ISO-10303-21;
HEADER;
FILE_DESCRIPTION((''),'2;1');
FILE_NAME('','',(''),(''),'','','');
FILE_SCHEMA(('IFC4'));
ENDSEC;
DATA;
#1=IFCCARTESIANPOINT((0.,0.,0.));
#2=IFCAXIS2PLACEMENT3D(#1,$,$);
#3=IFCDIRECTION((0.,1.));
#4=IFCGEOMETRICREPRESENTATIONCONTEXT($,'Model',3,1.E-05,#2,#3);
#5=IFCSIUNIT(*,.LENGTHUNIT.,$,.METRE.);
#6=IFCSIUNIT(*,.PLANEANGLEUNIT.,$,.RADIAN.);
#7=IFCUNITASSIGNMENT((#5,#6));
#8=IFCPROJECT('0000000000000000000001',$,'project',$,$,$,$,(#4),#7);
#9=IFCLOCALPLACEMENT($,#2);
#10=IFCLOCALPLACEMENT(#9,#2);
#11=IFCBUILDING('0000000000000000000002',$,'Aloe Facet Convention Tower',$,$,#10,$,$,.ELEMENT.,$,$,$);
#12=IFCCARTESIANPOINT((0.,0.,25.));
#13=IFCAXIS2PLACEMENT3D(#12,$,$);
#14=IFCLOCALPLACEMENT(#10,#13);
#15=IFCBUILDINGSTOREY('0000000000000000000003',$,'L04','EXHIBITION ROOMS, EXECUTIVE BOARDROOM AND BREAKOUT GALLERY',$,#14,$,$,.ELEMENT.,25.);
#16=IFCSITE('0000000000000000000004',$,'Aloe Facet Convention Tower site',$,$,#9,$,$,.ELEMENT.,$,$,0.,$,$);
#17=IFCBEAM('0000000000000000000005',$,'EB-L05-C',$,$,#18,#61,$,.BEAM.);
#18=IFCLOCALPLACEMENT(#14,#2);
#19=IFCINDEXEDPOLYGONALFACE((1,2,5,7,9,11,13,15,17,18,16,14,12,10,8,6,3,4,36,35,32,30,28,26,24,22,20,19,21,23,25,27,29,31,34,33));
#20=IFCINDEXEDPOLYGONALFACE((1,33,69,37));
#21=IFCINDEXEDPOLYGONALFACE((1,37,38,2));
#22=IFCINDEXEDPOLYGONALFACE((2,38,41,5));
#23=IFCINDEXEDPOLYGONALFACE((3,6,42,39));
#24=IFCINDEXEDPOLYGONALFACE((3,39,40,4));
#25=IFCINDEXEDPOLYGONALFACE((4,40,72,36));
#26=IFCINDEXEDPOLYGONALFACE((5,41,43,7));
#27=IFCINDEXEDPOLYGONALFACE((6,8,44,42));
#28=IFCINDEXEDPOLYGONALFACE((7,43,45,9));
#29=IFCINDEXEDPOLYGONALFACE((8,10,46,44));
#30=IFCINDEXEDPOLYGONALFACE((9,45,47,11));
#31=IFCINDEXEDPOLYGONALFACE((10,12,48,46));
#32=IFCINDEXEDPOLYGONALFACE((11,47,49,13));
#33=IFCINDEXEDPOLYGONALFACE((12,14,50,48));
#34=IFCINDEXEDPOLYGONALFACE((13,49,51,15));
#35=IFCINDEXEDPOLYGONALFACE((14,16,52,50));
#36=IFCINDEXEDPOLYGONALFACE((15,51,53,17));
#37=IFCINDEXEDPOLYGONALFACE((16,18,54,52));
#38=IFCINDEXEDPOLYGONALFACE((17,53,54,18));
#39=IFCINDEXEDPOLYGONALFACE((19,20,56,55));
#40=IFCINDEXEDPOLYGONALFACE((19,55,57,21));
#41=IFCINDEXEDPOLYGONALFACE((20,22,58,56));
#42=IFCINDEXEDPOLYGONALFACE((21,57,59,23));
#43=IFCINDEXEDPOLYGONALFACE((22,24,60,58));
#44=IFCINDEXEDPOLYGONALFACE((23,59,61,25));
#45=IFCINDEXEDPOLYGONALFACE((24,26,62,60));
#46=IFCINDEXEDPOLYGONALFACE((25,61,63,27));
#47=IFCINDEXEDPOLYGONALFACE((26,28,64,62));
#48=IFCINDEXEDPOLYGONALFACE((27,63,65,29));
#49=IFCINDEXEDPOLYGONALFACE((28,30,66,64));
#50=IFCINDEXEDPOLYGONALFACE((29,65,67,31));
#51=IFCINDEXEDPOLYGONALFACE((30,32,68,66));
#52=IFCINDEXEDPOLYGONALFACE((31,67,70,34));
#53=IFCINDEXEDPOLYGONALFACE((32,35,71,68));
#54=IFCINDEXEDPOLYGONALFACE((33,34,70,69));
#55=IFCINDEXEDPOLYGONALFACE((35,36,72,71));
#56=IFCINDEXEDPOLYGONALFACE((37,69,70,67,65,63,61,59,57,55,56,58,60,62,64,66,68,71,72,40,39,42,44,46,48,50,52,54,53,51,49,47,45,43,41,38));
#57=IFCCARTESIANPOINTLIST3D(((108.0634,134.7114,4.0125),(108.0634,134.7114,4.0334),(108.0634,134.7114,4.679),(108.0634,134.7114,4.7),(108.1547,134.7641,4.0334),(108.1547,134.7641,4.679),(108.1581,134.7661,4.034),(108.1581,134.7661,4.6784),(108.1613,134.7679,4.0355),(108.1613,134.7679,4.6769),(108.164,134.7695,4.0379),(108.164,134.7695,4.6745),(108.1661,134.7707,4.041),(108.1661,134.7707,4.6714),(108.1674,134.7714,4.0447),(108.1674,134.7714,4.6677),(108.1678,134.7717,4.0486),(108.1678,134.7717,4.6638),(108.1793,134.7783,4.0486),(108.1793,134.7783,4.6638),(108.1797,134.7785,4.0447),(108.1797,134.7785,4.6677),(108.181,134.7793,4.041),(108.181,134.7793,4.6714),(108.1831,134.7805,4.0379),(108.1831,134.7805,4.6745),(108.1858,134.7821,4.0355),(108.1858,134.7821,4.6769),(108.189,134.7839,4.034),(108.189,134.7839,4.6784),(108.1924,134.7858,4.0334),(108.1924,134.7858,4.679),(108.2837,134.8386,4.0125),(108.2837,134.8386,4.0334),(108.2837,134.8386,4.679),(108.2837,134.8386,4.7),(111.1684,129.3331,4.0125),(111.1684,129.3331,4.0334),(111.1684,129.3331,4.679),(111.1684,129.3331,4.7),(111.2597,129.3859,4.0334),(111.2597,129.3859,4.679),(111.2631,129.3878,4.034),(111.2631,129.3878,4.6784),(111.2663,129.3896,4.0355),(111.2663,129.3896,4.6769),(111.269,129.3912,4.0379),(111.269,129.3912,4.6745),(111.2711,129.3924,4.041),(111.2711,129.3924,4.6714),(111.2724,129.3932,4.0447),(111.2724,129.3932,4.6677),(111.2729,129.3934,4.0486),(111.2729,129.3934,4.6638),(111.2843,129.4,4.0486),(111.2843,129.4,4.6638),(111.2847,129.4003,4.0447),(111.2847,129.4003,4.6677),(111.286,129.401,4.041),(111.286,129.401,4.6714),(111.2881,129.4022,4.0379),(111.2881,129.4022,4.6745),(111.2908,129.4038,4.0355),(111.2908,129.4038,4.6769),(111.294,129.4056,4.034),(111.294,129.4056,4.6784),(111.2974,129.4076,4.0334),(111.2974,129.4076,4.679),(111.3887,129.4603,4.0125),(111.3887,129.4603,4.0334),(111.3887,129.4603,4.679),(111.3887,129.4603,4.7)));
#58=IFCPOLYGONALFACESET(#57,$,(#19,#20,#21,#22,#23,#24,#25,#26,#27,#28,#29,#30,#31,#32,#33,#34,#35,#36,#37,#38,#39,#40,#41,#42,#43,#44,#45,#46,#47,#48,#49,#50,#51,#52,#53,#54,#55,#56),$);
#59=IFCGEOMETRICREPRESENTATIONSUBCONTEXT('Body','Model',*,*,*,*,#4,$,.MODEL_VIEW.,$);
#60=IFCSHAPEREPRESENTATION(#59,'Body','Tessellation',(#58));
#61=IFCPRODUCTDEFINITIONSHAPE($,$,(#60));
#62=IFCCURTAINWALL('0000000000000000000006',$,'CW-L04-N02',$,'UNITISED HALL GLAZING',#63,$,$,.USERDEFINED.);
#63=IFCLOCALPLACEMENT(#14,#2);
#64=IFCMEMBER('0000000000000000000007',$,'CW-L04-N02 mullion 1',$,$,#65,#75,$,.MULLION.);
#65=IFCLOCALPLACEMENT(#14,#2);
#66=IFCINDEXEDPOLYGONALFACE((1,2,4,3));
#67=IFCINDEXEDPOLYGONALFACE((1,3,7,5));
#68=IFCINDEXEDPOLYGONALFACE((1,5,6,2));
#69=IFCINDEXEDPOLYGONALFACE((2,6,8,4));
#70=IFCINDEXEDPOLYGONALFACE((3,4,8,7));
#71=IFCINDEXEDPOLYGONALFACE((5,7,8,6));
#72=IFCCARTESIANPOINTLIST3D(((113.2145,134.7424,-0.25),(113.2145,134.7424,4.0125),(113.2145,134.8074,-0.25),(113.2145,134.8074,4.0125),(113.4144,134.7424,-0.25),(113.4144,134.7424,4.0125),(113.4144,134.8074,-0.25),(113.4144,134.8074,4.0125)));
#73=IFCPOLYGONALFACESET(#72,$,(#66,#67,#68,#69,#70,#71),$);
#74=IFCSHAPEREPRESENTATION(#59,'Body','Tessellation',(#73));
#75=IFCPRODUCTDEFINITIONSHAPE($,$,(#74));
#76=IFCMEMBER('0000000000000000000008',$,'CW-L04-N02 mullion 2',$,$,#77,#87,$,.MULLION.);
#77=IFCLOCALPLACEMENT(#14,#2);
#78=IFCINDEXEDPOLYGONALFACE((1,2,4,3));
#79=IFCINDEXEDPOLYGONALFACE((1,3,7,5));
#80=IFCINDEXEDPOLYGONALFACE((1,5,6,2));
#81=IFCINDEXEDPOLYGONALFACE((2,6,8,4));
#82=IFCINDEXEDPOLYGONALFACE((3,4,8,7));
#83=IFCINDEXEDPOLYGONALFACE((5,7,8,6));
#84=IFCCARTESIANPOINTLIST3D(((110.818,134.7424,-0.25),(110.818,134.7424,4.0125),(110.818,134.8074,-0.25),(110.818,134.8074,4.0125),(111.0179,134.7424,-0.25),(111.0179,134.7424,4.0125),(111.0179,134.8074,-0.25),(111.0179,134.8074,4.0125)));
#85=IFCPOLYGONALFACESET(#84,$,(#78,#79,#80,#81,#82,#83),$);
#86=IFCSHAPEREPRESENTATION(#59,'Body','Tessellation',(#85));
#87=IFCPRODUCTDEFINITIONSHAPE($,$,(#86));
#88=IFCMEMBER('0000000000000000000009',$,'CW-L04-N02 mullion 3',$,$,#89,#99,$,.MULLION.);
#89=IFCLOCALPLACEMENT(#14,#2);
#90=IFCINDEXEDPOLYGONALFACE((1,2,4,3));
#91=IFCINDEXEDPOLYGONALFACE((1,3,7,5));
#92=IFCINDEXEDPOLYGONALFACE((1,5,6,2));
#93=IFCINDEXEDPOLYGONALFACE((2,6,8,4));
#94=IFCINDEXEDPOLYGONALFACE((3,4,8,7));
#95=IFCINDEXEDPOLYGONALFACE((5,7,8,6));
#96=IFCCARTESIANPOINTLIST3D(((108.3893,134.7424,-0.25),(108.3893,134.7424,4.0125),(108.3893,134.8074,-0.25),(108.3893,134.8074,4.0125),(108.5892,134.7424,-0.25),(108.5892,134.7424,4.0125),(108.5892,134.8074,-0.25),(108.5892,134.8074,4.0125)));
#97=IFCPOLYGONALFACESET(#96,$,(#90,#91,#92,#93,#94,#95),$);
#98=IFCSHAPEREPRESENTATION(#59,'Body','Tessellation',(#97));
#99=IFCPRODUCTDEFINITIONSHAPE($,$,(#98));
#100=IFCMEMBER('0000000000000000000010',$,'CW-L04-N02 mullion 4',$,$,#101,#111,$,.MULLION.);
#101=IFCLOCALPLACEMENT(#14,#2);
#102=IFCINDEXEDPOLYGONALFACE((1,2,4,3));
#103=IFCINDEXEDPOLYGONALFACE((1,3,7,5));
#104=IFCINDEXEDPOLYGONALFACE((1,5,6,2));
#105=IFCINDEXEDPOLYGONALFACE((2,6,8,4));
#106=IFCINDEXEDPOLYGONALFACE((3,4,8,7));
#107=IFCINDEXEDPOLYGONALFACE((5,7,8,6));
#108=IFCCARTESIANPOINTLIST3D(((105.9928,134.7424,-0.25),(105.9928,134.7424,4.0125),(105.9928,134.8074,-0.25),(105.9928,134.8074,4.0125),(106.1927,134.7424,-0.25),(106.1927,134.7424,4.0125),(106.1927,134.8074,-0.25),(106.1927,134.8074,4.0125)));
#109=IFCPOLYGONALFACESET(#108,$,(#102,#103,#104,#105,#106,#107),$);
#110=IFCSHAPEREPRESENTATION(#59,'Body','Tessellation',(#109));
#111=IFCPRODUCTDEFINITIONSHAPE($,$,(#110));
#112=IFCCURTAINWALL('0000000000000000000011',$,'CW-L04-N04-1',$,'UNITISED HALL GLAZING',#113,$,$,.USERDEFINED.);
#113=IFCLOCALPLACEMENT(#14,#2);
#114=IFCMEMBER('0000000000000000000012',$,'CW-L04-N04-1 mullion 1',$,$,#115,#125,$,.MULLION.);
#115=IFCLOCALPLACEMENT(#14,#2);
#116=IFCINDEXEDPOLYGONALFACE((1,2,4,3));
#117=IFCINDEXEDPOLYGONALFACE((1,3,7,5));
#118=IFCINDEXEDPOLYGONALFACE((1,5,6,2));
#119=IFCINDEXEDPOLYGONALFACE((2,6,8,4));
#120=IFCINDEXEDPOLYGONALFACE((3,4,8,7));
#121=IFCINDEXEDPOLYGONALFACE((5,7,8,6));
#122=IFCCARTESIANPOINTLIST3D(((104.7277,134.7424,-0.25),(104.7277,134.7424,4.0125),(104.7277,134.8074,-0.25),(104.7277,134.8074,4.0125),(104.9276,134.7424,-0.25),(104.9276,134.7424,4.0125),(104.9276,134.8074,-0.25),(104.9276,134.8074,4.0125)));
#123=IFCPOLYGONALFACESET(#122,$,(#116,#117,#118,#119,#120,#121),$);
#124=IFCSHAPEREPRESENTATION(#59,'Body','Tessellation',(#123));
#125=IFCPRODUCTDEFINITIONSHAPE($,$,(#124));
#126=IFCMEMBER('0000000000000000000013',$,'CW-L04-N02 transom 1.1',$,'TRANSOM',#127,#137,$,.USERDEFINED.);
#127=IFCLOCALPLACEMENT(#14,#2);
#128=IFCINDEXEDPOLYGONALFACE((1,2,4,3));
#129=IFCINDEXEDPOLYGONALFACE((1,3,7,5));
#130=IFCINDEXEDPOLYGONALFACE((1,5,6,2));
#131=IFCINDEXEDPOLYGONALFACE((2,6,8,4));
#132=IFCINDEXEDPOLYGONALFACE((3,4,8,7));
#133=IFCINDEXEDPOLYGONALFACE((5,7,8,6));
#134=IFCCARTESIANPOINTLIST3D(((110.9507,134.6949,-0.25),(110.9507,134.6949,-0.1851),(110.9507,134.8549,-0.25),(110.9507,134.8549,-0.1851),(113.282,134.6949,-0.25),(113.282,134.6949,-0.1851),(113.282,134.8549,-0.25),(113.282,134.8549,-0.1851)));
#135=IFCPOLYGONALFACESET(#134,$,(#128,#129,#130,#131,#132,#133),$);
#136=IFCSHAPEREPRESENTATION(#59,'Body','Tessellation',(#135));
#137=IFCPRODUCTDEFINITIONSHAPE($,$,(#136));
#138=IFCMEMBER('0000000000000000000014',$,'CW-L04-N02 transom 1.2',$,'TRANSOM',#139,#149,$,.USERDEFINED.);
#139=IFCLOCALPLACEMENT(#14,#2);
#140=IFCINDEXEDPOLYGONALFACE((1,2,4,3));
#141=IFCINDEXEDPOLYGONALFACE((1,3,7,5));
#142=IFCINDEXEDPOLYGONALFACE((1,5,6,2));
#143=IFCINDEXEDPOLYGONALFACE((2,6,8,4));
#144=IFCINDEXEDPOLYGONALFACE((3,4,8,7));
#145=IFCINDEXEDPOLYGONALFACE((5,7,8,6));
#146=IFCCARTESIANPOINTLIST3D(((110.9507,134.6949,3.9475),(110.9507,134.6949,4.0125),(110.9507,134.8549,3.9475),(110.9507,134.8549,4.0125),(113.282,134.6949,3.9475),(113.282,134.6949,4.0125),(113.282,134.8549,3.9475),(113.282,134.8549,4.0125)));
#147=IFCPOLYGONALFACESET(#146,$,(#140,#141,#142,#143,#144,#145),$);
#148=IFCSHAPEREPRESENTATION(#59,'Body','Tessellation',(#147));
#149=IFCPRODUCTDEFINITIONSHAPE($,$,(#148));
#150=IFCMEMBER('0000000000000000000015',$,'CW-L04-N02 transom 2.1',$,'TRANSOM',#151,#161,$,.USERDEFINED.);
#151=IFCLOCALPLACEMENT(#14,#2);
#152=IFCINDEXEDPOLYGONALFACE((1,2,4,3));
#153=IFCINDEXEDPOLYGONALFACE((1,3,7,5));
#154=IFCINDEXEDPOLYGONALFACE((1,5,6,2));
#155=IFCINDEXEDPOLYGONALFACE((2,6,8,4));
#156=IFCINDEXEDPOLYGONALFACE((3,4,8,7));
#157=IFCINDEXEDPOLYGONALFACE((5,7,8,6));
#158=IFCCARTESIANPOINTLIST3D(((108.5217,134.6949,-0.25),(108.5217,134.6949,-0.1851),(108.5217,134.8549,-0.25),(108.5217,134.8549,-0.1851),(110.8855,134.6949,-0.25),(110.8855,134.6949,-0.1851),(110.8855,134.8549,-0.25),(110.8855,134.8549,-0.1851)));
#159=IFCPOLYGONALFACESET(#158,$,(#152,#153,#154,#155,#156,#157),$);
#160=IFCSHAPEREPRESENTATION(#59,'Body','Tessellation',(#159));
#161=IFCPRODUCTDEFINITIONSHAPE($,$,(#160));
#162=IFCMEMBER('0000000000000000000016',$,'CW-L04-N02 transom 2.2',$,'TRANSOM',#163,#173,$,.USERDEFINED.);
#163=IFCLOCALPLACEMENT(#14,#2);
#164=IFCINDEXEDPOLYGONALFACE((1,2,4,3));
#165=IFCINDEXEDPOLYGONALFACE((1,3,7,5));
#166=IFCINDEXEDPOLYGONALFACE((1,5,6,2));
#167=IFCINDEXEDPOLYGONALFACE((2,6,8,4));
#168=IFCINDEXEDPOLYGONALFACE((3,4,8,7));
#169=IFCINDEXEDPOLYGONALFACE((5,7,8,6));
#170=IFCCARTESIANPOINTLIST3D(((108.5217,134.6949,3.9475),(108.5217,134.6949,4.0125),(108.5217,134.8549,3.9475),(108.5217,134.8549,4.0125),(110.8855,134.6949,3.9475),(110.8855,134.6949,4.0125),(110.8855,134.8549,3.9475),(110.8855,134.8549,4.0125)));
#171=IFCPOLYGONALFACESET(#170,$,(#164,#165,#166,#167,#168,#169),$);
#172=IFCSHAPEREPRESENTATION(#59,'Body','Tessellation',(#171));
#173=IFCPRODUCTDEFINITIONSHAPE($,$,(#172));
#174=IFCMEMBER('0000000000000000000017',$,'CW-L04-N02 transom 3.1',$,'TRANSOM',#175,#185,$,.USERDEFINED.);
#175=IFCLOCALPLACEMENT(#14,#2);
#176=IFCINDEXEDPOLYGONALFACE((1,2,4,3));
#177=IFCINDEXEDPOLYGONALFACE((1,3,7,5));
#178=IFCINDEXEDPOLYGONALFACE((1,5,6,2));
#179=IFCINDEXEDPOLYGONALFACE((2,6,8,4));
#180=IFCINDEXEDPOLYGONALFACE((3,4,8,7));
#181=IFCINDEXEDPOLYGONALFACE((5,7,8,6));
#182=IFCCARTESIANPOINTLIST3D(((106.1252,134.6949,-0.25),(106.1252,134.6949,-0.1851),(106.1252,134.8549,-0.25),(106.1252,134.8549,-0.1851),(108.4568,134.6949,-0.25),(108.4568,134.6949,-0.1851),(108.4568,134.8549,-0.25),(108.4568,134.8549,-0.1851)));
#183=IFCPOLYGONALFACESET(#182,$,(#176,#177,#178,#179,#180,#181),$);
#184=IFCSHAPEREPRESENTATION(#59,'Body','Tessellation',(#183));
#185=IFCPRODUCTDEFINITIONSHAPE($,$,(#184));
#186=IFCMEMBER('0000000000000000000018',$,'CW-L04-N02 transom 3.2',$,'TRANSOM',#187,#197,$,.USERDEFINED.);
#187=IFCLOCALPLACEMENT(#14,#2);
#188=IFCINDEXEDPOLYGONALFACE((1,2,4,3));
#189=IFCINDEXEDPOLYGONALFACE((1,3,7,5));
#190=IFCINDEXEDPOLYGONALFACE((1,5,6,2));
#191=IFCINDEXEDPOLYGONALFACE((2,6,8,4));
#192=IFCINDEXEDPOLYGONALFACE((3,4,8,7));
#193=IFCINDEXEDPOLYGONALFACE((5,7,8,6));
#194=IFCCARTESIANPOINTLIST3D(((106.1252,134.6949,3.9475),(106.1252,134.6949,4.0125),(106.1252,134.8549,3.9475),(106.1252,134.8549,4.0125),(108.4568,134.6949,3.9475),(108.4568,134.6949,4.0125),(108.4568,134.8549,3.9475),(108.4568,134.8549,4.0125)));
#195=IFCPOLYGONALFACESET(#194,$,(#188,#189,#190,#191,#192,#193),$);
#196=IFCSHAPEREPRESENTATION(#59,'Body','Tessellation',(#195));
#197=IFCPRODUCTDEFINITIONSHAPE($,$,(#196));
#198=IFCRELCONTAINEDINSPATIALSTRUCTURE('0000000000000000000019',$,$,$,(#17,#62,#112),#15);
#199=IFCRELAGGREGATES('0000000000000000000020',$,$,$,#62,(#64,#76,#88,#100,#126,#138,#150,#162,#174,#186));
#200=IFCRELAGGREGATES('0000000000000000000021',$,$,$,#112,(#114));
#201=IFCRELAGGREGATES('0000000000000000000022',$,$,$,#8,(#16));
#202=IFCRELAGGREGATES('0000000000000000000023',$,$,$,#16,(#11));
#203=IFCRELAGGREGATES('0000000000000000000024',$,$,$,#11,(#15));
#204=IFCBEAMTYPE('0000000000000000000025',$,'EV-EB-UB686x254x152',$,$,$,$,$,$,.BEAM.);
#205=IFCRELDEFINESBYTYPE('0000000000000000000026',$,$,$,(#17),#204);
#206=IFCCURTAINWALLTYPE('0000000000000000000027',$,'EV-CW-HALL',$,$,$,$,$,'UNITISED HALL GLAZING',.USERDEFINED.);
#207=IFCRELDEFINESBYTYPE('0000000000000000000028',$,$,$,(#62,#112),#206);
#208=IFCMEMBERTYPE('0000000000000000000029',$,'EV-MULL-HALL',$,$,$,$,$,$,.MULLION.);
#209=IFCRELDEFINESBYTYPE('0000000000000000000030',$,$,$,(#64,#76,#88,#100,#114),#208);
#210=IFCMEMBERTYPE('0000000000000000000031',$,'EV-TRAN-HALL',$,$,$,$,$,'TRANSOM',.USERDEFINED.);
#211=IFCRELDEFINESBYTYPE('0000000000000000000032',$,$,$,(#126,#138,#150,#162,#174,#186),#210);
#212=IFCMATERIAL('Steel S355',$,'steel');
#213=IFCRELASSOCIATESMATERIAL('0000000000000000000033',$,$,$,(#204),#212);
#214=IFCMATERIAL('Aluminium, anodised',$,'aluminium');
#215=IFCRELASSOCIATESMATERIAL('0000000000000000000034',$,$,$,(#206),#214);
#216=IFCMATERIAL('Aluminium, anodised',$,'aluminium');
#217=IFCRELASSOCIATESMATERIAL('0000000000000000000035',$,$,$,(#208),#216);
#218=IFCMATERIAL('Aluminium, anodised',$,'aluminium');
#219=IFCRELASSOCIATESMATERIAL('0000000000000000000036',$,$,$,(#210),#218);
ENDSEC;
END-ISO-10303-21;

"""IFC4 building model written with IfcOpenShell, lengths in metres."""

from ifc_helpers import new_model, si_unit, direction, frame, origin, origin_2d, place, context, subcontext, project, spatial, rectangle, i_section, extrude, material, material_profile, profile_set, type_object, element, aggregate, save


model = new_model("IFC4")

# Units and contexts
model_context = context("Model", 3, precision=1e-05, world=origin(), true_north=direction((0.0, 1.0)))
body_context = subcontext(model_context, "Body", "Model", "MODEL_VIEW")
ifc_project = project(units=[si_unit("LENGTHUNIT", "METRE"), si_unit("PLANEANGLEUNIT", "RADIAN")], contexts=[model_context])

# Site, building, storey
site_placement = place(None, origin())
site = spatial("IfcSite", under=ifc_project, at=site_placement, Name="Aloe Facet Convention Tower site", CompositionType="ELEMENT", RefElevation=0.0)
building_placement = place(site_placement, origin())
building = spatial("IfcBuilding", under=site, at=building_placement, Name="Aloe Facet Convention Tower", CompositionType="ELEMENT")
storey_placement = place(building_placement, frame((0.0, 0.0, 25.0)))
storey = spatial("IfcBuildingStorey", under=building, at=storey_placement, Name="L04", Description="EXHIBITION ROOMS, EXECUTIVE BOARDROOM AND BREAKOUT GALLERY", CompositionType="ELEMENT", Elevation=25.0)

# Beam
ifc_material_1 = material(Name="Steel S355", Category="steel")
ifc_material_profile_1 = material_profile(ifc_material_1, i_section(OverallWidth=0.2544, OverallDepth=0.6875, WebThickness=0.0132, FlangeThickness=0.021, FilletRadius=0.0151, at=origin_2d()), Name="UB 686x254x152")
ifc_profile_set_1 = profile_set([ifc_material_profile_1], Name="Steel S355")
beam_type_1 = type_object("IfcBeamType", Name="EV-EB-UB686x254x152", PredefinedType="BEAM", material=ifc_profile_set_1)
beam_1_placement = place(storey_placement, frame((111.2786, 129.3967, 4.3562), z_axis=(-0.499987, 0.866033, 0.0), x_axis=(-0.866033, -0.499987, 0.0)))
element("IfcBeam", 1, at=beam_1_placement, inside=storey, type_object=beam_type_1, Name="EB-L05-C", PredefinedType="BEAM", context=body_context, shape_type="SweptSolid", body=[
    extrude(i_section(OverallWidth=0.2544, OverallDepth=0.6875, WebThickness=0.0132, FlangeThickness=0.021, FilletRadius=0.0151, at=origin_2d()), origin(), (0.0, 0.0, 1.0), 6.2102),
])

# Curtain wall, members
ifc_material_2 = material(Name="Aluminium, anodised", Category="aluminium")
curtain_wall_type = type_object("IfcCurtainWallType", Name="EV-CW-HALL", ElementType="UNITISED HALL GLAZING", PredefinedType="USERDEFINED", material=ifc_material_2)
curtain_wall_1_placement = place(storey_placement, origin())
curtain_wall_1 = element("IfcCurtainWall", 2, at=curtain_wall_1_placement, inside=storey, type_object=curtain_wall_type, Name="CW-L04-N02", ObjectType="UNITISED HALL GLAZING", PredefinedType="USERDEFINED")
ifc_material_3 = material(Name="Aluminium, anodised", Category="aluminium")
ifc_material_profile_2 = material_profile(ifc_material_3, rectangle(XDim=0.0649, YDim=0.2, at=origin_2d()), Name="AL 65x200")
ifc_profile_set_2 = profile_set([ifc_material_profile_2], Name="Aluminium, anodised")
member_type_1 = type_object("IfcMemberType", Name="EV-MULL-HALL", PredefinedType="MULLION", material=ifc_profile_set_2)
member_1_placement = place(storey_placement, frame((113.3145, 134.7749, -0.25), z_axis=(0.0, 0.0, 1.0), x_axis=(0.0, -1.0, 0.0)))
member_1 = element("IfcMember", 3, at=member_1_placement, type_object=member_type_1, Name="CW-L04-N02 mullion 1", PredefinedType="MULLION", context=body_context, shape_type="SweptSolid", body=[
    extrude(rectangle(XDim=0.0649, YDim=0.2, at=origin_2d()), origin(), (0.0, 0.0, 1.0), 4.2625),
])
member_2_placement = place(storey_placement, frame((110.918, 134.7749, -0.25), z_axis=(0.0, 0.0, 1.0), x_axis=(0.0, -1.0, 0.0)))
member_2 = element("IfcMember", 4, at=member_2_placement, type_object=member_type_1, Name="CW-L04-N02 mullion 2", PredefinedType="MULLION", context=body_context, shape_type="SweptSolid", body=[
    extrude(rectangle(XDim=0.0649, YDim=0.2, at=origin_2d()), origin(), (0.0, 0.0, 1.0), 4.2625),
])
member_3_placement = place(storey_placement, frame((108.4893, 134.7749, -0.25), z_axis=(0.0, 0.0, 1.0), x_axis=(0.0, -1.0, 0.0)))
member_3 = element("IfcMember", 5, at=member_3_placement, type_object=member_type_1, Name="CW-L04-N02 mullion 3", PredefinedType="MULLION", context=body_context, shape_type="SweptSolid", body=[
    extrude(rectangle(XDim=0.0649, YDim=0.2, at=origin_2d()), origin(), (0.0, 0.0, 1.0), 4.2625),
])
member_4_placement = place(storey_placement, frame((106.0928, 134.7749, -0.25), z_axis=(0.0, 0.0, 1.0), x_axis=(0.0, -1.0, 0.0)))
member_4 = element("IfcMember", 6, at=member_4_placement, type_object=member_type_1, Name="CW-L04-N02 mullion 4", PredefinedType="MULLION", context=body_context, shape_type="SweptSolid", body=[
    extrude(rectangle(XDim=0.0649, YDim=0.2, at=origin_2d()), origin(), (0.0, 0.0, 1.0), 4.2625),
])

# Curtain wall, member
curtain_wall_2_placement = place(storey_placement, origin())
curtain_wall_2 = element("IfcCurtainWall", 7, at=curtain_wall_2_placement, inside=storey, type_object=curtain_wall_type, Name="CW-L04-N04-1", ObjectType="UNITISED HALL GLAZING", PredefinedType="USERDEFINED")
member_5_placement = place(storey_placement, frame((104.8276, 134.7749, -0.25), z_axis=(0.0, 0.0, 1.0), x_axis=(0.0, -1.0, 0.0)))
member_5 = element("IfcMember", 8, at=member_5_placement, type_object=member_type_1, Name="CW-L04-N04-1 mullion 1", PredefinedType="MULLION", context=body_context, shape_type="SweptSolid", body=[
    extrude(rectangle(XDim=0.0649, YDim=0.2, at=origin_2d()), origin(), (0.0, 0.0, 1.0), 4.2625),
])

# Members
ifc_material_4 = material(Name="Aluminium, anodised", Category="aluminium")
ifc_material_profile_3 = material_profile(ifc_material_4, rectangle(XDim=0.1599, YDim=0.0649, at=origin_2d()), Name="AL 160x65")
ifc_profile_set_3 = profile_set([ifc_material_profile_3], Name="Aluminium, anodised")
member_type_2 = type_object("IfcMemberType", Name="EV-TRAN-HALL", ElementType="TRANSOM", PredefinedType="USERDEFINED", material=ifc_profile_set_3)
member_6_placement = place(storey_placement, frame((113.282, 134.7749, -0.2175), z_axis=(-1.0, 0.0, 0.0), x_axis=(0.0, -1.0, 0.0)))
member_6 = element("IfcMember", 9, at=member_6_placement, type_object=member_type_2, Name="CW-L04-N02 transom 1.1", ObjectType="TRANSOM", PredefinedType="USERDEFINED", context=body_context, shape_type="SweptSolid", body=[
    extrude(rectangle(XDim=0.1599, YDim=0.0649, at=origin_2d()), origin(), (0.0, 0.0, 1.0), 2.3313),
])
member_7_placement = place(storey_placement, frame((113.282, 134.7749, 3.98), z_axis=(-1.0, 0.0, 0.0), x_axis=(0.0, -1.0, 0.0)))
member_7 = element("IfcMember", 10, at=member_7_placement, type_object=member_type_2, Name="CW-L04-N02 transom 1.2", ObjectType="TRANSOM", PredefinedType="USERDEFINED", context=body_context, shape_type="SweptSolid", body=[
    extrude(rectangle(XDim=0.1599, YDim=0.0649, at=origin_2d()), origin(), (0.0, 0.0, 1.0), 2.3313),
])
member_8_placement = place(storey_placement, frame((110.8855, 134.7749, -0.2175), z_axis=(-1.0, 0.0, 0.0), x_axis=(0.0, -1.0, 0.0)))
member_8 = element("IfcMember", 11, at=member_8_placement, type_object=member_type_2, Name="CW-L04-N02 transom 2.1", ObjectType="TRANSOM", PredefinedType="USERDEFINED", context=body_context, shape_type="SweptSolid", body=[
    extrude(rectangle(XDim=0.1599, YDim=0.0649, at=origin_2d()), origin(), (0.0, 0.0, 1.0), 2.3638),
])
member_9_placement = place(storey_placement, frame((110.8855, 134.7749, 3.98), z_axis=(-1.0, 0.0, 0.0), x_axis=(0.0, -1.0, 0.0)))
member_9 = element("IfcMember", 12, at=member_9_placement, type_object=member_type_2, Name="CW-L04-N02 transom 2.2", ObjectType="TRANSOM", PredefinedType="USERDEFINED", context=body_context, shape_type="SweptSolid", body=[
    extrude(rectangle(XDim=0.1599, YDim=0.0649, at=origin_2d()), origin(), (0.0, 0.0, 1.0), 2.3638),
])
member_10_placement = place(storey_placement, frame((108.4568, 134.7749, -0.2175), z_axis=(-1.0, 0.0, 0.0), x_axis=(0.0, -1.0, 0.0)))
member_10 = element("IfcMember", 13, at=member_10_placement, type_object=member_type_2, Name="CW-L04-N02 transom 3.1", ObjectType="TRANSOM", PredefinedType="USERDEFINED", context=body_context, shape_type="SweptSolid", body=[
    extrude(rectangle(XDim=0.1599, YDim=0.0649, at=origin_2d()), origin(), (0.0, 0.0, 1.0), 2.3315),
])
member_11_placement = place(storey_placement, frame((108.4568, 134.7749, 3.98), z_axis=(-1.0, 0.0, 0.0), x_axis=(0.0, -1.0, 0.0)))
member_11 = element("IfcMember", 14, at=member_11_placement, type_object=member_type_2, Name="CW-L04-N02 transom 3.2", ObjectType="TRANSOM", PredefinedType="USERDEFINED", context=body_context, shape_type="SweptSolid", body=[
    extrude(rectangle(XDim=0.1599, YDim=0.0649, at=origin_2d()), origin(), (0.0, 0.0, 1.0), 2.3315),
])

aggregate(curtain_wall_1, [member_1, member_2, member_3, member_4, member_6, member_7, member_8, member_9, member_10, member_11])
aggregate(curtain_wall_2, [member_5])

save(model, "model.ifc")
